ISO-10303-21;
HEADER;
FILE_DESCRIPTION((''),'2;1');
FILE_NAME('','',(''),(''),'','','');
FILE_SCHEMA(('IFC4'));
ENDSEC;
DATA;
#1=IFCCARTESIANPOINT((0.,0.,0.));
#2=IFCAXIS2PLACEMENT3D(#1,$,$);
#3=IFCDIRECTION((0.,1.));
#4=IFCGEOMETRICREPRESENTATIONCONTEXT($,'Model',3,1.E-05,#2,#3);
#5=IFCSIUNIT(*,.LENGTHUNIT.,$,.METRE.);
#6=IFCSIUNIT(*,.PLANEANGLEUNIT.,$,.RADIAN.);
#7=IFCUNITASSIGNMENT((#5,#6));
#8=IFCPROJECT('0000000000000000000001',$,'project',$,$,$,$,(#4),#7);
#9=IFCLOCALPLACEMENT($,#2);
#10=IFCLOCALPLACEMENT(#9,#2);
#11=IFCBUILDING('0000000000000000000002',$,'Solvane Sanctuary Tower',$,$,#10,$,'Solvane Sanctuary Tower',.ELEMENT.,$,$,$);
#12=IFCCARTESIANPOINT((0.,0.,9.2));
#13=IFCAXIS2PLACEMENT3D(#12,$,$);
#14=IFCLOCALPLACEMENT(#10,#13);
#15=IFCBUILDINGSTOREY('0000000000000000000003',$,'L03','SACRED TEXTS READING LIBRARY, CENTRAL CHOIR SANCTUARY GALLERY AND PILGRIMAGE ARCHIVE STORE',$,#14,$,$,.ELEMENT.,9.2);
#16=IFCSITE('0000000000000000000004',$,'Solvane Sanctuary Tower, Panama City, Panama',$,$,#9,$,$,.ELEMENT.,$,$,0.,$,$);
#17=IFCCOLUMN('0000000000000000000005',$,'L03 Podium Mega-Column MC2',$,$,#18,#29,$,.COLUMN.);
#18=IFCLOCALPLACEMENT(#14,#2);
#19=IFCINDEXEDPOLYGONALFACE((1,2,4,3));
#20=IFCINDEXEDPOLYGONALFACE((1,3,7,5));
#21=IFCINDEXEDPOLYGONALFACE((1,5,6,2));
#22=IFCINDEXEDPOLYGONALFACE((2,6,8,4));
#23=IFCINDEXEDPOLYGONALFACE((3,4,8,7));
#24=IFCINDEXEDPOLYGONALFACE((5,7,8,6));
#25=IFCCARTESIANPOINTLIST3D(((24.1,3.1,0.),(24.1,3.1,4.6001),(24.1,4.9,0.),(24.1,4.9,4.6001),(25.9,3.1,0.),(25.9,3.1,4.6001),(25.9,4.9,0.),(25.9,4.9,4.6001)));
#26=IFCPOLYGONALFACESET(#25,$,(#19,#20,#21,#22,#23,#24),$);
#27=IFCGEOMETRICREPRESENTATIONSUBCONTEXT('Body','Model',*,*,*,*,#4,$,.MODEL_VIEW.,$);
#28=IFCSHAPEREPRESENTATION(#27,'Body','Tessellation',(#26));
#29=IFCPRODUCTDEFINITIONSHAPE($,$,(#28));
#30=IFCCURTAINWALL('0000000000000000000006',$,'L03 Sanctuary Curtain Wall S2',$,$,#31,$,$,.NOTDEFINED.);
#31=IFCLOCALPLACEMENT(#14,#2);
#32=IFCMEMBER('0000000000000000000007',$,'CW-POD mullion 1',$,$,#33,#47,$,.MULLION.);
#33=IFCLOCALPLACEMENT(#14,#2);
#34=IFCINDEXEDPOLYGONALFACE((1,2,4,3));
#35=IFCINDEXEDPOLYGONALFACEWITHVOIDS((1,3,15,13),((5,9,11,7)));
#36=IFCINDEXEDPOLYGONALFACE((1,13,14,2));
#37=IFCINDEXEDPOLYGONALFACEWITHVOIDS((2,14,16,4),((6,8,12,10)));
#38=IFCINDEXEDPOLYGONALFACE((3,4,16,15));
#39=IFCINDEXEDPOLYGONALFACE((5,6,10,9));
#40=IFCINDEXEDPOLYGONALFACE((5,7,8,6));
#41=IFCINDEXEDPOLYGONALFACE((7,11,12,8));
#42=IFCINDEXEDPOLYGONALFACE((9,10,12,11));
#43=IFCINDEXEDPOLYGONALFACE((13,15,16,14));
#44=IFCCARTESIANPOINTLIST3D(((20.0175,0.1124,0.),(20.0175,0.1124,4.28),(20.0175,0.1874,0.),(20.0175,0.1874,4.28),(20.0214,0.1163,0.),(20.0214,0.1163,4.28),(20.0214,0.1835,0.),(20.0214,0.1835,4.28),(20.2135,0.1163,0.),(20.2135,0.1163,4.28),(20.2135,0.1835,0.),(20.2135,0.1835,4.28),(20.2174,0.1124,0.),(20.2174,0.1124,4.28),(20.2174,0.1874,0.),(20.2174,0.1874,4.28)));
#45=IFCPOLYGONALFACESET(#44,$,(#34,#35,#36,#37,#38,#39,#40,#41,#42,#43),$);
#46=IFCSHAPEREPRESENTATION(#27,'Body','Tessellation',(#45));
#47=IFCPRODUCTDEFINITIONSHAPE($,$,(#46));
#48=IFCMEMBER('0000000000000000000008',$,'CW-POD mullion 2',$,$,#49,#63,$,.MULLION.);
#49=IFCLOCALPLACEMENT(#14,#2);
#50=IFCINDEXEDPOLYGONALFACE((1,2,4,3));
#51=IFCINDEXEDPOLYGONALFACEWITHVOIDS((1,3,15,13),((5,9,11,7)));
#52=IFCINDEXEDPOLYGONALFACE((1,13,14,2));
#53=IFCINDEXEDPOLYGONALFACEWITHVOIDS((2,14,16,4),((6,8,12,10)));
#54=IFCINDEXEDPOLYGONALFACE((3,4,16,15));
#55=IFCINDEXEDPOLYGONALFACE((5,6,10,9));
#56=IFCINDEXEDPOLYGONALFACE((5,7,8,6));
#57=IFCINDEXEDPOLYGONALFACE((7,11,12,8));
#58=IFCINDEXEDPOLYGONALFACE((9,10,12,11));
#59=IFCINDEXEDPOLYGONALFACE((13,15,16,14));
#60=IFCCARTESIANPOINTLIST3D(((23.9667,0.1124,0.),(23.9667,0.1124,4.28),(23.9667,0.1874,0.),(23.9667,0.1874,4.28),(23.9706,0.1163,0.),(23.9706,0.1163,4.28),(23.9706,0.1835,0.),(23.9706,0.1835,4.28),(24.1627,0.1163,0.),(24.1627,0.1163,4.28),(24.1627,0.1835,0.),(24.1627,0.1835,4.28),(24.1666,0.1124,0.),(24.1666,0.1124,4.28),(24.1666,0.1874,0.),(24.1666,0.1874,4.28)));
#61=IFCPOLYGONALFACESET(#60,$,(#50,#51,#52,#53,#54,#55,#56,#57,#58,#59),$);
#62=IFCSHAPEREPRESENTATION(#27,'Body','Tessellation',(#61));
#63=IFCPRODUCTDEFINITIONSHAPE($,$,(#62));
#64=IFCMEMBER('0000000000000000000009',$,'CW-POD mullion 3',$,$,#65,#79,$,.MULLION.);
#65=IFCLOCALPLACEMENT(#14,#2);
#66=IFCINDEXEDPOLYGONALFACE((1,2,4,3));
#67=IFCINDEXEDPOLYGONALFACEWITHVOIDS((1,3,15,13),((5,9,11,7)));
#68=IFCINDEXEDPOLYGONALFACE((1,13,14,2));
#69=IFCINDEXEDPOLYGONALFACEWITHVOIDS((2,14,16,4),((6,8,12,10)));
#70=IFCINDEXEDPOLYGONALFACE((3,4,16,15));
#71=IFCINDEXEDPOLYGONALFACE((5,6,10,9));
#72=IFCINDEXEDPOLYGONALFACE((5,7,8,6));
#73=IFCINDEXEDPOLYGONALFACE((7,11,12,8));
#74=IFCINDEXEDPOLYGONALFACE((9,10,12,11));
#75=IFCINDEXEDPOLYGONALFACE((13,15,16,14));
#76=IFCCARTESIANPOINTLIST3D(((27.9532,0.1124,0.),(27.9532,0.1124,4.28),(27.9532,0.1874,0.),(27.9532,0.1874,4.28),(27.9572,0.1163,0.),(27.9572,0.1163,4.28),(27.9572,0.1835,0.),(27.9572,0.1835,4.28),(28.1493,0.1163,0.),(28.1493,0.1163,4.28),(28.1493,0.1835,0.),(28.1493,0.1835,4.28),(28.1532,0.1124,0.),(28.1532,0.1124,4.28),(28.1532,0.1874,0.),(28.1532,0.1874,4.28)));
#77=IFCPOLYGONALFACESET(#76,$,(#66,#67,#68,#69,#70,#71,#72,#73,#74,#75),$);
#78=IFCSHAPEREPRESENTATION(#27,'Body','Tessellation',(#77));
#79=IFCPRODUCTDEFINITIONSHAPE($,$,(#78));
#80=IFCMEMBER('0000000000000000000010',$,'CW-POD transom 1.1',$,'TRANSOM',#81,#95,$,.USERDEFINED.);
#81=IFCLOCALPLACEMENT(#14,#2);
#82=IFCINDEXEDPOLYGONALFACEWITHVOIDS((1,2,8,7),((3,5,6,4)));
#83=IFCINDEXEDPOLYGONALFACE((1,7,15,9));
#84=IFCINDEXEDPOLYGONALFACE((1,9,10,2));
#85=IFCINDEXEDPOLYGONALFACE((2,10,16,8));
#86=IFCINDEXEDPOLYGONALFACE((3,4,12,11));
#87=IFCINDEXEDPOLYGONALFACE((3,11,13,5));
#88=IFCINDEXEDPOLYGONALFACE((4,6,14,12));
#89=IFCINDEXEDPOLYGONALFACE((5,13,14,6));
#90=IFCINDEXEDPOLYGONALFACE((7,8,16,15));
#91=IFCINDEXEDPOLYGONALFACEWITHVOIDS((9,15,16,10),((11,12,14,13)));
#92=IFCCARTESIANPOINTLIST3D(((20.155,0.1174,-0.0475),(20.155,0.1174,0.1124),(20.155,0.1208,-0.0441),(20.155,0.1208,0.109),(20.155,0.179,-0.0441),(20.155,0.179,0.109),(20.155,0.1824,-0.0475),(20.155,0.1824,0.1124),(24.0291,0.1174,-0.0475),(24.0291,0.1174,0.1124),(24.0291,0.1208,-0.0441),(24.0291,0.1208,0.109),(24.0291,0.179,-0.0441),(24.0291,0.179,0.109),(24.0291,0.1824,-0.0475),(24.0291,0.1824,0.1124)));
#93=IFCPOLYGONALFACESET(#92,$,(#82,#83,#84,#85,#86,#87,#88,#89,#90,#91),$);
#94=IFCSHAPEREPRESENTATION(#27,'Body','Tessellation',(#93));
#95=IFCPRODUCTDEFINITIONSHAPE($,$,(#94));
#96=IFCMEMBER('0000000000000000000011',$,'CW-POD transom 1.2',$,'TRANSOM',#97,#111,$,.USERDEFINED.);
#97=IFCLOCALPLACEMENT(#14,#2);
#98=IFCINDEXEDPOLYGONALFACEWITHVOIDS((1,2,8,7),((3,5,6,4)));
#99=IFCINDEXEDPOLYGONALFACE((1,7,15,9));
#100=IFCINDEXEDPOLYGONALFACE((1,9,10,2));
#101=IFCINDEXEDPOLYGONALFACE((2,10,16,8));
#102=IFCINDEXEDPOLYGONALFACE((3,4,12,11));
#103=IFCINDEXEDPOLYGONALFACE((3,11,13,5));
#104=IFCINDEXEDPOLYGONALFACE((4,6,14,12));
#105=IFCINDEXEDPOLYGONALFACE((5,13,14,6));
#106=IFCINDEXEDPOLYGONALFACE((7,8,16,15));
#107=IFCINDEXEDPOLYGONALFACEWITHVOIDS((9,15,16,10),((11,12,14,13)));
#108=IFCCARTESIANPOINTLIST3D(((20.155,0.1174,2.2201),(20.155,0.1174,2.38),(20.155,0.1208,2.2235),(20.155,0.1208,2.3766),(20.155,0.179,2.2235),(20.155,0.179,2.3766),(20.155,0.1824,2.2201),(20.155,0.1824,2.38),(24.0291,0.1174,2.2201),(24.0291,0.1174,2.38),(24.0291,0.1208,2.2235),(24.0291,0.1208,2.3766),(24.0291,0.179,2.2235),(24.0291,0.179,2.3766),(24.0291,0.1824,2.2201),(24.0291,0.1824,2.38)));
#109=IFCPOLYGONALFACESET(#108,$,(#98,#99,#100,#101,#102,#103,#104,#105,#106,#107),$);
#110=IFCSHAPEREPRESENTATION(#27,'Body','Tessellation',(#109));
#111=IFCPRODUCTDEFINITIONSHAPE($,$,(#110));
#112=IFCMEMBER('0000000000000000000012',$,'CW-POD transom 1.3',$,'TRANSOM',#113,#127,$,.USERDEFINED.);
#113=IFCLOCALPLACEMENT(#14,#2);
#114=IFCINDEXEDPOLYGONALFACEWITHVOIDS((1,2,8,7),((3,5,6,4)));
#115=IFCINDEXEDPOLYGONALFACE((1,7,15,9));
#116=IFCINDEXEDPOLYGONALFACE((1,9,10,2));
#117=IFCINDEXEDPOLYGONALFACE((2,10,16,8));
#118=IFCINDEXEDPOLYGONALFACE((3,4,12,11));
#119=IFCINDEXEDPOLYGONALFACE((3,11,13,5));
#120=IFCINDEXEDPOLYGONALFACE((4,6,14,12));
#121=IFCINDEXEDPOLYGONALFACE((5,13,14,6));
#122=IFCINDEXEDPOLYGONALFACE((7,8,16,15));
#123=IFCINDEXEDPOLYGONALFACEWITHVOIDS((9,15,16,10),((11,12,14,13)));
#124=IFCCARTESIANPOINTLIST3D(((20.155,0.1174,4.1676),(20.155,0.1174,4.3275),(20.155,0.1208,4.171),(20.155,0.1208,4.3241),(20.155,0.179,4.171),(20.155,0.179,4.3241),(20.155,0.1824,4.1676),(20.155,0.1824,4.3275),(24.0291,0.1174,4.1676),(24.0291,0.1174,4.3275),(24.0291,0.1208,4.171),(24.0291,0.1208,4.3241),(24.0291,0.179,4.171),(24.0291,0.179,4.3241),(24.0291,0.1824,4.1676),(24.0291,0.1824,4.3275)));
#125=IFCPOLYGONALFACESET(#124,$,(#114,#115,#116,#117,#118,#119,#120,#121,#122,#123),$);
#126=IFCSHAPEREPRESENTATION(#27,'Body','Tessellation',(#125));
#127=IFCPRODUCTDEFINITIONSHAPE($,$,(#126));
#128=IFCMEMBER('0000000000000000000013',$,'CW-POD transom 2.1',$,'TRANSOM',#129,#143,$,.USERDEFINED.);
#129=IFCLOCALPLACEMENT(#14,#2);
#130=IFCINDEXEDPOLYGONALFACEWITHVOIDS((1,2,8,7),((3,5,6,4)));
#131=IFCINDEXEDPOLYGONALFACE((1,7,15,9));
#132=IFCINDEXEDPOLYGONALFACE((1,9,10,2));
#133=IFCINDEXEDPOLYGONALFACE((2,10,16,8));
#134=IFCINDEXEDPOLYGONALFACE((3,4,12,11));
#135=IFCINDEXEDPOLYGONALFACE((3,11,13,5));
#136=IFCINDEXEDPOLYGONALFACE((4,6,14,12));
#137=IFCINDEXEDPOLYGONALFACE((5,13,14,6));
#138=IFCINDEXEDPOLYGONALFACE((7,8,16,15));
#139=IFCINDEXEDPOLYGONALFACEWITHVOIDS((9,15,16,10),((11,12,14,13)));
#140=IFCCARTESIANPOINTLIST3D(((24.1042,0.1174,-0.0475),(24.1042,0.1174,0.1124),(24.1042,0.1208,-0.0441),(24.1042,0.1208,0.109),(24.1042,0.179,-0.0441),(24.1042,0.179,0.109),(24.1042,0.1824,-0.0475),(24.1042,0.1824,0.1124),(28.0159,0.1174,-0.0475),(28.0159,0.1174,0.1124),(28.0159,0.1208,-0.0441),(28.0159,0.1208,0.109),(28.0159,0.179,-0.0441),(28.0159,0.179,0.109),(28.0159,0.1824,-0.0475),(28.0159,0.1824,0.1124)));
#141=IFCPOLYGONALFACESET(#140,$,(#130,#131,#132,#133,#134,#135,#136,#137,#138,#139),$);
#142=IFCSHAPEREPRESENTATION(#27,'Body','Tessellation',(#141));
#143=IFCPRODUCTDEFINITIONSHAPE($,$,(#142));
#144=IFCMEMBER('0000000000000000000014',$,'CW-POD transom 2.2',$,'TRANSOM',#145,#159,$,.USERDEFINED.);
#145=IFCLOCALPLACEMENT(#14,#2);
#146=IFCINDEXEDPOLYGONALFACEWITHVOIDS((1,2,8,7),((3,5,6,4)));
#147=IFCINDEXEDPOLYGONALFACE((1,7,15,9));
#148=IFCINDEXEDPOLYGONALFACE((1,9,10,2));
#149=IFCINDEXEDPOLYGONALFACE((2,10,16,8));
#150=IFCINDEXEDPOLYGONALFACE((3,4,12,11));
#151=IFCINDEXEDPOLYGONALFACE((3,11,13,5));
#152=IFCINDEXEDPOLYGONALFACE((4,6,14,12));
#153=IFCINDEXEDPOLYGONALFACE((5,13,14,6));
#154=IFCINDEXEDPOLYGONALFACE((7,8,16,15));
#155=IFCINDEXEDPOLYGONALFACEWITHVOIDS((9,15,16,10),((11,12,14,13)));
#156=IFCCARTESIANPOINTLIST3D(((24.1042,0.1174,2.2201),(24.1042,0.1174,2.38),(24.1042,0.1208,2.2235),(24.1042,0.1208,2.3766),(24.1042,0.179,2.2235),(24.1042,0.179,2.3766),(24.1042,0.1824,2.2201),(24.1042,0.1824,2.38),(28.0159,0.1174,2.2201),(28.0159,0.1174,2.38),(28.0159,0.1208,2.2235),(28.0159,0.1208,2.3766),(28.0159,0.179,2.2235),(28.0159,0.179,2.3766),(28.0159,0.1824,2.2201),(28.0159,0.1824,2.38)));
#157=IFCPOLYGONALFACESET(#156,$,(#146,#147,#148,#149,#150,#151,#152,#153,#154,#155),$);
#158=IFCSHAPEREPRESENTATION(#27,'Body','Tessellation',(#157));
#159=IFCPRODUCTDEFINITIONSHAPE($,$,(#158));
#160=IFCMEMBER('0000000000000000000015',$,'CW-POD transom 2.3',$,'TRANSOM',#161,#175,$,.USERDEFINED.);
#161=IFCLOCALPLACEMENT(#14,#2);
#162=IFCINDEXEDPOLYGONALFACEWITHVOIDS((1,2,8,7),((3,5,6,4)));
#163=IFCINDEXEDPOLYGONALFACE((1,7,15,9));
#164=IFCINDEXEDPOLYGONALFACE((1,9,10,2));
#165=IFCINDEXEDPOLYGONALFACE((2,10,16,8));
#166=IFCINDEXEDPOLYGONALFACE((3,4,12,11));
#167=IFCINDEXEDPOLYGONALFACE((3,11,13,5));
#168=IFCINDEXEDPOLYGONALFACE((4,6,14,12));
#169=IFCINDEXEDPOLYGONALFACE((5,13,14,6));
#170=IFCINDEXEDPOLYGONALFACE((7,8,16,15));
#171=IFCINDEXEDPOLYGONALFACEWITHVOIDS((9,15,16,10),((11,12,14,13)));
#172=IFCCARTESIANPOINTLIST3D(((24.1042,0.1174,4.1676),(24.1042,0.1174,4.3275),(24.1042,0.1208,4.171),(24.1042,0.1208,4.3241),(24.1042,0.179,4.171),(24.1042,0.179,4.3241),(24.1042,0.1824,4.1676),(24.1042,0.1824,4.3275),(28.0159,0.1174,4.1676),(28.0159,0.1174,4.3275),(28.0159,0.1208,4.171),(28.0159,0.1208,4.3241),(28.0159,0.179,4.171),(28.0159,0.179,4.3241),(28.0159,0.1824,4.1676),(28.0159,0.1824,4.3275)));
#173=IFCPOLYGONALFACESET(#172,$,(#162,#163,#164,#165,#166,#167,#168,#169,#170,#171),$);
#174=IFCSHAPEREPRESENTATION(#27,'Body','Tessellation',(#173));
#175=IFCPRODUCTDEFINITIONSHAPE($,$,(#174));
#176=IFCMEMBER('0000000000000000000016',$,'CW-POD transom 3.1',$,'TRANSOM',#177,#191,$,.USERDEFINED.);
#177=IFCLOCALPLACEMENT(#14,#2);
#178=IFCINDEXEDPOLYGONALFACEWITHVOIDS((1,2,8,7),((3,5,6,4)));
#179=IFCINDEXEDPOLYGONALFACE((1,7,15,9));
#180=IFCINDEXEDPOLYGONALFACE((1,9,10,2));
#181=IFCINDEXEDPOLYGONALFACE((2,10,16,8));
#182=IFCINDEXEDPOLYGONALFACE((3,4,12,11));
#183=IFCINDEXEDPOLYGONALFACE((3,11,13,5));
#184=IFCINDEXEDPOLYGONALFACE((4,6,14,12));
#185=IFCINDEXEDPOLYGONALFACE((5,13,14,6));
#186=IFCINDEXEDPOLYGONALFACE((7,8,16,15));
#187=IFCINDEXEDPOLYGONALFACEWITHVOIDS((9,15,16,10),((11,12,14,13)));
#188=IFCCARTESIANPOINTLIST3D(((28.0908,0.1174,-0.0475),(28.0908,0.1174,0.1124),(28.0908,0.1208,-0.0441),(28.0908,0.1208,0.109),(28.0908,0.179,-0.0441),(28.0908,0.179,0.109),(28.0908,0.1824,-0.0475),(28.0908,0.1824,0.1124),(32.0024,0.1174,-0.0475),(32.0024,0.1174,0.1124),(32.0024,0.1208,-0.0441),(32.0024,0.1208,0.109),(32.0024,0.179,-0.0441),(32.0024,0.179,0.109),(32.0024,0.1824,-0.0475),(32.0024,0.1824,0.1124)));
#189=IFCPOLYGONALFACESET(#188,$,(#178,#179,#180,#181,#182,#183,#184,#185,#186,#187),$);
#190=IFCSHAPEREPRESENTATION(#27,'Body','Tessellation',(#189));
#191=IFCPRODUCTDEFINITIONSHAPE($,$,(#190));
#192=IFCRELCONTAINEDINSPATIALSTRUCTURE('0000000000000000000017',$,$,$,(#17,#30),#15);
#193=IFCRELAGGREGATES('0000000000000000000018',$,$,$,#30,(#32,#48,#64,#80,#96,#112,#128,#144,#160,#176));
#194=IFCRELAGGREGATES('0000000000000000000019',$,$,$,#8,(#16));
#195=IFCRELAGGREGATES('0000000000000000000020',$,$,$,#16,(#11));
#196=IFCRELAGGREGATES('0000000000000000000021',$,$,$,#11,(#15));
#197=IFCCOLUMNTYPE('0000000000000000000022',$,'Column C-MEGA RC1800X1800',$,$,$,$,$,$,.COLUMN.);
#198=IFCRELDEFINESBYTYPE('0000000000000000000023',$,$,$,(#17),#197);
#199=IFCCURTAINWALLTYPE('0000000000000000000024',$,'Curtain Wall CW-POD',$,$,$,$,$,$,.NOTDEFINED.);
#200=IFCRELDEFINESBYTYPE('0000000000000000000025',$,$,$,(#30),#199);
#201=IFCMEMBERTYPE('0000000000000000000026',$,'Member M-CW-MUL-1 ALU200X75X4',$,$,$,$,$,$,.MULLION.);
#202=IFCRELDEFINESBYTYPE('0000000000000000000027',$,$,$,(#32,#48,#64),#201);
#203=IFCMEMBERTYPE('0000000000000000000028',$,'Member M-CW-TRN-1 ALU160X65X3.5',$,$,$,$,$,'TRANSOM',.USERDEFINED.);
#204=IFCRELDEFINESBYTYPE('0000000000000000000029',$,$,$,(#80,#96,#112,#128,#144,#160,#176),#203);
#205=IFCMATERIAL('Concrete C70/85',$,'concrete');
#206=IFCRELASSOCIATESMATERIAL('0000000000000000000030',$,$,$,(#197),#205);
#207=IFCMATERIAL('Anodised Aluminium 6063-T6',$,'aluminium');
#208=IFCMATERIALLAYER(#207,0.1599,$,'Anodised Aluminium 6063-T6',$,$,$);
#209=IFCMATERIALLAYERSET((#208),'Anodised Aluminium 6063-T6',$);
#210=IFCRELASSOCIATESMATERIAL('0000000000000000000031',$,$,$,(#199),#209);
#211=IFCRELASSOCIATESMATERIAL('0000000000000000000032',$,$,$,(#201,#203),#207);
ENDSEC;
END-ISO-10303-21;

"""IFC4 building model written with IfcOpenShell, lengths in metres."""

from ifc_helpers import new_model, si_unit, direction, frame, origin, origin_2d, place, context, subcontext, project, spatial, rectangle, hollow_rectangle, extrude, material, layer, layer_set, material_profile, profile_set, type_object, element, aggregate, save


model = new_model("IFC4")

# Units and contexts
model_context = context("Model", 3, precision=1e-05, world=origin(), true_north=direction((0.0, 1.0)))
body_context = subcontext(model_context, "Body", "Model", "MODEL_VIEW")
ifc_project = project(units=[si_unit("LENGTHUNIT", "METRE"), si_unit("PLANEANGLEUNIT", "RADIAN")], contexts=[model_context])

# Site, building, storey
site_placement = place(None, origin())
site = spatial("IfcSite", under=ifc_project, at=site_placement, Name="Solvane Sanctuary Tower, Panama City, Panama", CompositionType="ELEMENT", RefElevation=0.0)
building_placement = place(site_placement, origin())
building = spatial("IfcBuilding", under=site, at=building_placement, Name="Solvane Sanctuary Tower", LongName="Solvane Sanctuary Tower", CompositionType="ELEMENT")
storey_placement = place(building_placement, frame((0.0, 0.0, 9.2)))
storey = spatial("IfcBuildingStorey", under=building, at=storey_placement, Name="L03", Description="SACRED TEXTS READING LIBRARY, CENTRAL CHOIR SANCTUARY GALLERY AND PILGRIMAGE ARCHIVE STORE", CompositionType="ELEMENT", Elevation=9.2)

# Column
ifc_material_1 = material(Name="Concrete C70/85", Category="concrete")
ifc_material_profile_1 = material_profile(ifc_material_1, rectangle(XDim=1.8, YDim=1.8, at=origin_2d()), Name="RC1800X1800")
ifc_profile_set_1 = profile_set([ifc_material_profile_1], Name="Concrete C70/85")
column_type = type_object("IfcColumnType", Name="Column C-MEGA RC1800X1800", PredefinedType="COLUMN", material=ifc_profile_set_1)
column_placement = place(storey_placement, frame((25.0, 4.0, 0.0), z_axis=(0.0, 0.0, 1.0), x_axis=(1.0, 0.0, 0.0)))
element("IfcColumn", 1, at=column_placement, inside=storey, type_object=column_type, Name="L03 Podium Mega-Column MC2", PredefinedType="COLUMN", context=body_context, shape_type="SweptSolid", body=[
    extrude(rectangle(XDim=1.8, YDim=1.8, at=origin_2d()), origin(), (0.0, 0.0, 1.0), 4.6001),
])

# Curtain wall, members
ifc_material_2 = material(Name="Anodised Aluminium 6063-T6", Category="aluminium")
ifc_layer_1 = layer(ifc_material_2, 0.1599, Name="Anodised Aluminium 6063-T6")
ifc_layer_set_1 = layer_set([ifc_layer_1], Name="Anodised Aluminium 6063-T6")
curtain_wall_type = type_object("IfcCurtainWallType", Name="Curtain Wall CW-POD", PredefinedType="NOTDEFINED", material=ifc_layer_set_1)
curtain_wall_placement = place(storey_placement, origin())
curtain_wall = element("IfcCurtainWall", 2, at=curtain_wall_placement, inside=storey, type_object=curtain_wall_type, Name="L03 Sanctuary Curtain Wall S2", PredefinedType="NOTDEFINED")
ifc_material_profile_2 = material_profile(ifc_material_2, hollow_rectangle(XDim=0.075, YDim=0.2, WallThickness=0.0039, at=origin_2d()), Name="ALU200X75X4")
ifc_profile_set_2 = profile_set([ifc_material_profile_2], Name="Anodised Aluminium 6063-T6")
member_type_1 = type_object("IfcMemberType", Name="Member M-CW-MUL-1 ALU200X75X4", PredefinedType="MULLION", material=ifc_profile_set_2)
member_1_placement = place(storey_placement, frame((20.1174, 0.1499, 0.0), z_axis=(0.0, 0.0, 1.0), x_axis=(0.0, 1.0, 0.0)))
member_1 = element("IfcMember", 3, at=member_1_placement, type_object=member_type_1, Name="CW-POD mullion 1", PredefinedType="MULLION", context=body_context, shape_type="SweptSolid", body=[
    extrude(hollow_rectangle(XDim=0.075, YDim=0.2, WallThickness=0.0039, at=origin_2d()), origin(), (0.0, 0.0, 1.0), 4.28),
])
member_2_placement = place(storey_placement, frame((24.0667, 0.1499, 0.0), z_axis=(0.0, 0.0, 1.0), x_axis=(0.0, 1.0, 0.0)))
member_2 = element("IfcMember", 4, at=member_2_placement, type_object=member_type_1, Name="CW-POD mullion 2", PredefinedType="MULLION", context=body_context, shape_type="SweptSolid", body=[
    extrude(hollow_rectangle(XDim=0.075, YDim=0.2, WallThickness=0.0039, at=origin_2d()), origin(), (0.0, 0.0, 1.0), 4.28),
])
member_3_placement = place(storey_placement, frame((28.0532, 0.1499, 0.0), z_axis=(0.0, 0.0, 1.0), x_axis=(0.0, 1.0, 0.0)))
member_3 = element("IfcMember", 5, at=member_3_placement, type_object=member_type_1, Name="CW-POD mullion 3", PredefinedType="MULLION", context=body_context, shape_type="SweptSolid", body=[
    extrude(hollow_rectangle(XDim=0.075, YDim=0.2, WallThickness=0.0039, at=origin_2d()), origin(), (0.0, 0.0, 1.0), 4.28),
])
ifc_material_profile_3 = material_profile(ifc_material_2, hollow_rectangle(XDim=0.0649, YDim=0.1599, WallThickness=0.0034, at=origin_2d()), Name="ALU160X65X3.5")
ifc_profile_set_3 = profile_set([ifc_material_profile_3], Name="Anodised Aluminium 6063-T6")
member_type_2 = type_object("IfcMemberType", Name="Member M-CW-TRN-1 ALU160X65X3.5", ElementType="TRANSOM", PredefinedType="USERDEFINED", material=ifc_profile_set_3)
member_4_placement = place(storey_placement, frame((20.155, 0.1499, 0.0325), z_axis=(1.0, 0.0, 0.0), x_axis=(0.0, 1.0, 0.0)))
member_4 = element("IfcMember", 6, at=member_4_placement, type_object=member_type_2, Name="CW-POD transom 1.1", ObjectType="TRANSOM", PredefinedType="USERDEFINED", context=body_context, shape_type="SweptSolid", body=[
    extrude(hollow_rectangle(XDim=0.0649, YDim=0.1599, WallThickness=0.0034, at=origin_2d()), origin(), (0.0, 0.0, 1.0), 3.874),
])
member_5_placement = place(storey_placement, frame((20.155, 0.1499, 2.3), z_axis=(1.0, 0.0, 0.0), x_axis=(0.0, 1.0, 0.0)))
member_5 = element("IfcMember", 7, at=member_5_placement, type_object=member_type_2, Name="CW-POD transom 1.2", ObjectType="TRANSOM", PredefinedType="USERDEFINED", context=body_context, shape_type="SweptSolid", body=[
    extrude(hollow_rectangle(XDim=0.0649, YDim=0.1599, WallThickness=0.0034, at=origin_2d()), origin(), (0.0, 0.0, 1.0), 3.874),
])
member_6_placement = place(storey_placement, frame((20.155, 0.1499, 4.2476), z_axis=(1.0, 0.0, 0.0), x_axis=(0.0, 1.0, 0.0)))
member_6 = element("IfcMember", 8, at=member_6_placement, type_object=member_type_2, Name="CW-POD transom 1.3", ObjectType="TRANSOM", PredefinedType="USERDEFINED", context=body_context, shape_type="SweptSolid", body=[
    extrude(hollow_rectangle(XDim=0.0649, YDim=0.1599, WallThickness=0.0034, at=origin_2d()), origin(), (0.0, 0.0, 1.0), 3.874),
])
member_7_placement = place(storey_placement, frame((24.1042, 0.1499, 0.0325), z_axis=(1.0, 0.0, 0.0), x_axis=(0.0, 1.0, 0.0)))
member_7 = element("IfcMember", 9, at=member_7_placement, type_object=member_type_2, Name="CW-POD transom 2.1", ObjectType="TRANSOM", PredefinedType="USERDEFINED", context=body_context, shape_type="SweptSolid", body=[
    extrude(hollow_rectangle(XDim=0.0649, YDim=0.1599, WallThickness=0.0034, at=origin_2d()), origin(), (0.0, 0.0, 1.0), 3.9116),
])
member_8_placement = place(storey_placement, frame((24.1042, 0.1499, 2.3), z_axis=(1.0, 0.0, 0.0), x_axis=(0.0, 1.0, 0.0)))
member_8 = element("IfcMember", 10, at=member_8_placement, type_object=member_type_2, Name="CW-POD transom 2.2", ObjectType="TRANSOM", PredefinedType="USERDEFINED", context=body_context, shape_type="SweptSolid", body=[
    extrude(hollow_rectangle(XDim=0.0649, YDim=0.1599, WallThickness=0.0034, at=origin_2d()), origin(), (0.0, 0.0, 1.0), 3.9116),
])
member_9_placement = place(storey_placement, frame((24.1042, 0.1499, 4.2476), z_axis=(1.0, 0.0, 0.0), x_axis=(0.0, 1.0, 0.0)))
member_9 = element("IfcMember", 11, at=member_9_placement, type_object=member_type_2, Name="CW-POD transom 2.3", ObjectType="TRANSOM", PredefinedType="USERDEFINED", context=body_context, shape_type="SweptSolid", body=[
    extrude(hollow_rectangle(XDim=0.0649, YDim=0.1599, WallThickness=0.0034, at=origin_2d()), origin(), (0.0, 0.0, 1.0), 3.9116),
])
member_10_placement = place(storey_placement, frame((28.0908, 0.1499, 0.0325), z_axis=(1.0, 0.0, 0.0), x_axis=(0.0, 1.0, 0.0)))
member_10 = element("IfcMember", 12, at=member_10_placement, type_object=member_type_2, Name="CW-POD transom 3.1", ObjectType="TRANSOM", PredefinedType="USERDEFINED", context=body_context, shape_type="SweptSolid", body=[
    extrude(hollow_rectangle(XDim=0.0649, YDim=0.1599, WallThickness=0.0034, at=origin_2d()), origin(), (0.0, 0.0, 1.0), 3.9116),
])
aggregate(curtain_wall, [member_1, member_2, member_3, member_4, member_5, member_6, member_7, member_8, member_9, member_10])

save(model, "model.ifc")
